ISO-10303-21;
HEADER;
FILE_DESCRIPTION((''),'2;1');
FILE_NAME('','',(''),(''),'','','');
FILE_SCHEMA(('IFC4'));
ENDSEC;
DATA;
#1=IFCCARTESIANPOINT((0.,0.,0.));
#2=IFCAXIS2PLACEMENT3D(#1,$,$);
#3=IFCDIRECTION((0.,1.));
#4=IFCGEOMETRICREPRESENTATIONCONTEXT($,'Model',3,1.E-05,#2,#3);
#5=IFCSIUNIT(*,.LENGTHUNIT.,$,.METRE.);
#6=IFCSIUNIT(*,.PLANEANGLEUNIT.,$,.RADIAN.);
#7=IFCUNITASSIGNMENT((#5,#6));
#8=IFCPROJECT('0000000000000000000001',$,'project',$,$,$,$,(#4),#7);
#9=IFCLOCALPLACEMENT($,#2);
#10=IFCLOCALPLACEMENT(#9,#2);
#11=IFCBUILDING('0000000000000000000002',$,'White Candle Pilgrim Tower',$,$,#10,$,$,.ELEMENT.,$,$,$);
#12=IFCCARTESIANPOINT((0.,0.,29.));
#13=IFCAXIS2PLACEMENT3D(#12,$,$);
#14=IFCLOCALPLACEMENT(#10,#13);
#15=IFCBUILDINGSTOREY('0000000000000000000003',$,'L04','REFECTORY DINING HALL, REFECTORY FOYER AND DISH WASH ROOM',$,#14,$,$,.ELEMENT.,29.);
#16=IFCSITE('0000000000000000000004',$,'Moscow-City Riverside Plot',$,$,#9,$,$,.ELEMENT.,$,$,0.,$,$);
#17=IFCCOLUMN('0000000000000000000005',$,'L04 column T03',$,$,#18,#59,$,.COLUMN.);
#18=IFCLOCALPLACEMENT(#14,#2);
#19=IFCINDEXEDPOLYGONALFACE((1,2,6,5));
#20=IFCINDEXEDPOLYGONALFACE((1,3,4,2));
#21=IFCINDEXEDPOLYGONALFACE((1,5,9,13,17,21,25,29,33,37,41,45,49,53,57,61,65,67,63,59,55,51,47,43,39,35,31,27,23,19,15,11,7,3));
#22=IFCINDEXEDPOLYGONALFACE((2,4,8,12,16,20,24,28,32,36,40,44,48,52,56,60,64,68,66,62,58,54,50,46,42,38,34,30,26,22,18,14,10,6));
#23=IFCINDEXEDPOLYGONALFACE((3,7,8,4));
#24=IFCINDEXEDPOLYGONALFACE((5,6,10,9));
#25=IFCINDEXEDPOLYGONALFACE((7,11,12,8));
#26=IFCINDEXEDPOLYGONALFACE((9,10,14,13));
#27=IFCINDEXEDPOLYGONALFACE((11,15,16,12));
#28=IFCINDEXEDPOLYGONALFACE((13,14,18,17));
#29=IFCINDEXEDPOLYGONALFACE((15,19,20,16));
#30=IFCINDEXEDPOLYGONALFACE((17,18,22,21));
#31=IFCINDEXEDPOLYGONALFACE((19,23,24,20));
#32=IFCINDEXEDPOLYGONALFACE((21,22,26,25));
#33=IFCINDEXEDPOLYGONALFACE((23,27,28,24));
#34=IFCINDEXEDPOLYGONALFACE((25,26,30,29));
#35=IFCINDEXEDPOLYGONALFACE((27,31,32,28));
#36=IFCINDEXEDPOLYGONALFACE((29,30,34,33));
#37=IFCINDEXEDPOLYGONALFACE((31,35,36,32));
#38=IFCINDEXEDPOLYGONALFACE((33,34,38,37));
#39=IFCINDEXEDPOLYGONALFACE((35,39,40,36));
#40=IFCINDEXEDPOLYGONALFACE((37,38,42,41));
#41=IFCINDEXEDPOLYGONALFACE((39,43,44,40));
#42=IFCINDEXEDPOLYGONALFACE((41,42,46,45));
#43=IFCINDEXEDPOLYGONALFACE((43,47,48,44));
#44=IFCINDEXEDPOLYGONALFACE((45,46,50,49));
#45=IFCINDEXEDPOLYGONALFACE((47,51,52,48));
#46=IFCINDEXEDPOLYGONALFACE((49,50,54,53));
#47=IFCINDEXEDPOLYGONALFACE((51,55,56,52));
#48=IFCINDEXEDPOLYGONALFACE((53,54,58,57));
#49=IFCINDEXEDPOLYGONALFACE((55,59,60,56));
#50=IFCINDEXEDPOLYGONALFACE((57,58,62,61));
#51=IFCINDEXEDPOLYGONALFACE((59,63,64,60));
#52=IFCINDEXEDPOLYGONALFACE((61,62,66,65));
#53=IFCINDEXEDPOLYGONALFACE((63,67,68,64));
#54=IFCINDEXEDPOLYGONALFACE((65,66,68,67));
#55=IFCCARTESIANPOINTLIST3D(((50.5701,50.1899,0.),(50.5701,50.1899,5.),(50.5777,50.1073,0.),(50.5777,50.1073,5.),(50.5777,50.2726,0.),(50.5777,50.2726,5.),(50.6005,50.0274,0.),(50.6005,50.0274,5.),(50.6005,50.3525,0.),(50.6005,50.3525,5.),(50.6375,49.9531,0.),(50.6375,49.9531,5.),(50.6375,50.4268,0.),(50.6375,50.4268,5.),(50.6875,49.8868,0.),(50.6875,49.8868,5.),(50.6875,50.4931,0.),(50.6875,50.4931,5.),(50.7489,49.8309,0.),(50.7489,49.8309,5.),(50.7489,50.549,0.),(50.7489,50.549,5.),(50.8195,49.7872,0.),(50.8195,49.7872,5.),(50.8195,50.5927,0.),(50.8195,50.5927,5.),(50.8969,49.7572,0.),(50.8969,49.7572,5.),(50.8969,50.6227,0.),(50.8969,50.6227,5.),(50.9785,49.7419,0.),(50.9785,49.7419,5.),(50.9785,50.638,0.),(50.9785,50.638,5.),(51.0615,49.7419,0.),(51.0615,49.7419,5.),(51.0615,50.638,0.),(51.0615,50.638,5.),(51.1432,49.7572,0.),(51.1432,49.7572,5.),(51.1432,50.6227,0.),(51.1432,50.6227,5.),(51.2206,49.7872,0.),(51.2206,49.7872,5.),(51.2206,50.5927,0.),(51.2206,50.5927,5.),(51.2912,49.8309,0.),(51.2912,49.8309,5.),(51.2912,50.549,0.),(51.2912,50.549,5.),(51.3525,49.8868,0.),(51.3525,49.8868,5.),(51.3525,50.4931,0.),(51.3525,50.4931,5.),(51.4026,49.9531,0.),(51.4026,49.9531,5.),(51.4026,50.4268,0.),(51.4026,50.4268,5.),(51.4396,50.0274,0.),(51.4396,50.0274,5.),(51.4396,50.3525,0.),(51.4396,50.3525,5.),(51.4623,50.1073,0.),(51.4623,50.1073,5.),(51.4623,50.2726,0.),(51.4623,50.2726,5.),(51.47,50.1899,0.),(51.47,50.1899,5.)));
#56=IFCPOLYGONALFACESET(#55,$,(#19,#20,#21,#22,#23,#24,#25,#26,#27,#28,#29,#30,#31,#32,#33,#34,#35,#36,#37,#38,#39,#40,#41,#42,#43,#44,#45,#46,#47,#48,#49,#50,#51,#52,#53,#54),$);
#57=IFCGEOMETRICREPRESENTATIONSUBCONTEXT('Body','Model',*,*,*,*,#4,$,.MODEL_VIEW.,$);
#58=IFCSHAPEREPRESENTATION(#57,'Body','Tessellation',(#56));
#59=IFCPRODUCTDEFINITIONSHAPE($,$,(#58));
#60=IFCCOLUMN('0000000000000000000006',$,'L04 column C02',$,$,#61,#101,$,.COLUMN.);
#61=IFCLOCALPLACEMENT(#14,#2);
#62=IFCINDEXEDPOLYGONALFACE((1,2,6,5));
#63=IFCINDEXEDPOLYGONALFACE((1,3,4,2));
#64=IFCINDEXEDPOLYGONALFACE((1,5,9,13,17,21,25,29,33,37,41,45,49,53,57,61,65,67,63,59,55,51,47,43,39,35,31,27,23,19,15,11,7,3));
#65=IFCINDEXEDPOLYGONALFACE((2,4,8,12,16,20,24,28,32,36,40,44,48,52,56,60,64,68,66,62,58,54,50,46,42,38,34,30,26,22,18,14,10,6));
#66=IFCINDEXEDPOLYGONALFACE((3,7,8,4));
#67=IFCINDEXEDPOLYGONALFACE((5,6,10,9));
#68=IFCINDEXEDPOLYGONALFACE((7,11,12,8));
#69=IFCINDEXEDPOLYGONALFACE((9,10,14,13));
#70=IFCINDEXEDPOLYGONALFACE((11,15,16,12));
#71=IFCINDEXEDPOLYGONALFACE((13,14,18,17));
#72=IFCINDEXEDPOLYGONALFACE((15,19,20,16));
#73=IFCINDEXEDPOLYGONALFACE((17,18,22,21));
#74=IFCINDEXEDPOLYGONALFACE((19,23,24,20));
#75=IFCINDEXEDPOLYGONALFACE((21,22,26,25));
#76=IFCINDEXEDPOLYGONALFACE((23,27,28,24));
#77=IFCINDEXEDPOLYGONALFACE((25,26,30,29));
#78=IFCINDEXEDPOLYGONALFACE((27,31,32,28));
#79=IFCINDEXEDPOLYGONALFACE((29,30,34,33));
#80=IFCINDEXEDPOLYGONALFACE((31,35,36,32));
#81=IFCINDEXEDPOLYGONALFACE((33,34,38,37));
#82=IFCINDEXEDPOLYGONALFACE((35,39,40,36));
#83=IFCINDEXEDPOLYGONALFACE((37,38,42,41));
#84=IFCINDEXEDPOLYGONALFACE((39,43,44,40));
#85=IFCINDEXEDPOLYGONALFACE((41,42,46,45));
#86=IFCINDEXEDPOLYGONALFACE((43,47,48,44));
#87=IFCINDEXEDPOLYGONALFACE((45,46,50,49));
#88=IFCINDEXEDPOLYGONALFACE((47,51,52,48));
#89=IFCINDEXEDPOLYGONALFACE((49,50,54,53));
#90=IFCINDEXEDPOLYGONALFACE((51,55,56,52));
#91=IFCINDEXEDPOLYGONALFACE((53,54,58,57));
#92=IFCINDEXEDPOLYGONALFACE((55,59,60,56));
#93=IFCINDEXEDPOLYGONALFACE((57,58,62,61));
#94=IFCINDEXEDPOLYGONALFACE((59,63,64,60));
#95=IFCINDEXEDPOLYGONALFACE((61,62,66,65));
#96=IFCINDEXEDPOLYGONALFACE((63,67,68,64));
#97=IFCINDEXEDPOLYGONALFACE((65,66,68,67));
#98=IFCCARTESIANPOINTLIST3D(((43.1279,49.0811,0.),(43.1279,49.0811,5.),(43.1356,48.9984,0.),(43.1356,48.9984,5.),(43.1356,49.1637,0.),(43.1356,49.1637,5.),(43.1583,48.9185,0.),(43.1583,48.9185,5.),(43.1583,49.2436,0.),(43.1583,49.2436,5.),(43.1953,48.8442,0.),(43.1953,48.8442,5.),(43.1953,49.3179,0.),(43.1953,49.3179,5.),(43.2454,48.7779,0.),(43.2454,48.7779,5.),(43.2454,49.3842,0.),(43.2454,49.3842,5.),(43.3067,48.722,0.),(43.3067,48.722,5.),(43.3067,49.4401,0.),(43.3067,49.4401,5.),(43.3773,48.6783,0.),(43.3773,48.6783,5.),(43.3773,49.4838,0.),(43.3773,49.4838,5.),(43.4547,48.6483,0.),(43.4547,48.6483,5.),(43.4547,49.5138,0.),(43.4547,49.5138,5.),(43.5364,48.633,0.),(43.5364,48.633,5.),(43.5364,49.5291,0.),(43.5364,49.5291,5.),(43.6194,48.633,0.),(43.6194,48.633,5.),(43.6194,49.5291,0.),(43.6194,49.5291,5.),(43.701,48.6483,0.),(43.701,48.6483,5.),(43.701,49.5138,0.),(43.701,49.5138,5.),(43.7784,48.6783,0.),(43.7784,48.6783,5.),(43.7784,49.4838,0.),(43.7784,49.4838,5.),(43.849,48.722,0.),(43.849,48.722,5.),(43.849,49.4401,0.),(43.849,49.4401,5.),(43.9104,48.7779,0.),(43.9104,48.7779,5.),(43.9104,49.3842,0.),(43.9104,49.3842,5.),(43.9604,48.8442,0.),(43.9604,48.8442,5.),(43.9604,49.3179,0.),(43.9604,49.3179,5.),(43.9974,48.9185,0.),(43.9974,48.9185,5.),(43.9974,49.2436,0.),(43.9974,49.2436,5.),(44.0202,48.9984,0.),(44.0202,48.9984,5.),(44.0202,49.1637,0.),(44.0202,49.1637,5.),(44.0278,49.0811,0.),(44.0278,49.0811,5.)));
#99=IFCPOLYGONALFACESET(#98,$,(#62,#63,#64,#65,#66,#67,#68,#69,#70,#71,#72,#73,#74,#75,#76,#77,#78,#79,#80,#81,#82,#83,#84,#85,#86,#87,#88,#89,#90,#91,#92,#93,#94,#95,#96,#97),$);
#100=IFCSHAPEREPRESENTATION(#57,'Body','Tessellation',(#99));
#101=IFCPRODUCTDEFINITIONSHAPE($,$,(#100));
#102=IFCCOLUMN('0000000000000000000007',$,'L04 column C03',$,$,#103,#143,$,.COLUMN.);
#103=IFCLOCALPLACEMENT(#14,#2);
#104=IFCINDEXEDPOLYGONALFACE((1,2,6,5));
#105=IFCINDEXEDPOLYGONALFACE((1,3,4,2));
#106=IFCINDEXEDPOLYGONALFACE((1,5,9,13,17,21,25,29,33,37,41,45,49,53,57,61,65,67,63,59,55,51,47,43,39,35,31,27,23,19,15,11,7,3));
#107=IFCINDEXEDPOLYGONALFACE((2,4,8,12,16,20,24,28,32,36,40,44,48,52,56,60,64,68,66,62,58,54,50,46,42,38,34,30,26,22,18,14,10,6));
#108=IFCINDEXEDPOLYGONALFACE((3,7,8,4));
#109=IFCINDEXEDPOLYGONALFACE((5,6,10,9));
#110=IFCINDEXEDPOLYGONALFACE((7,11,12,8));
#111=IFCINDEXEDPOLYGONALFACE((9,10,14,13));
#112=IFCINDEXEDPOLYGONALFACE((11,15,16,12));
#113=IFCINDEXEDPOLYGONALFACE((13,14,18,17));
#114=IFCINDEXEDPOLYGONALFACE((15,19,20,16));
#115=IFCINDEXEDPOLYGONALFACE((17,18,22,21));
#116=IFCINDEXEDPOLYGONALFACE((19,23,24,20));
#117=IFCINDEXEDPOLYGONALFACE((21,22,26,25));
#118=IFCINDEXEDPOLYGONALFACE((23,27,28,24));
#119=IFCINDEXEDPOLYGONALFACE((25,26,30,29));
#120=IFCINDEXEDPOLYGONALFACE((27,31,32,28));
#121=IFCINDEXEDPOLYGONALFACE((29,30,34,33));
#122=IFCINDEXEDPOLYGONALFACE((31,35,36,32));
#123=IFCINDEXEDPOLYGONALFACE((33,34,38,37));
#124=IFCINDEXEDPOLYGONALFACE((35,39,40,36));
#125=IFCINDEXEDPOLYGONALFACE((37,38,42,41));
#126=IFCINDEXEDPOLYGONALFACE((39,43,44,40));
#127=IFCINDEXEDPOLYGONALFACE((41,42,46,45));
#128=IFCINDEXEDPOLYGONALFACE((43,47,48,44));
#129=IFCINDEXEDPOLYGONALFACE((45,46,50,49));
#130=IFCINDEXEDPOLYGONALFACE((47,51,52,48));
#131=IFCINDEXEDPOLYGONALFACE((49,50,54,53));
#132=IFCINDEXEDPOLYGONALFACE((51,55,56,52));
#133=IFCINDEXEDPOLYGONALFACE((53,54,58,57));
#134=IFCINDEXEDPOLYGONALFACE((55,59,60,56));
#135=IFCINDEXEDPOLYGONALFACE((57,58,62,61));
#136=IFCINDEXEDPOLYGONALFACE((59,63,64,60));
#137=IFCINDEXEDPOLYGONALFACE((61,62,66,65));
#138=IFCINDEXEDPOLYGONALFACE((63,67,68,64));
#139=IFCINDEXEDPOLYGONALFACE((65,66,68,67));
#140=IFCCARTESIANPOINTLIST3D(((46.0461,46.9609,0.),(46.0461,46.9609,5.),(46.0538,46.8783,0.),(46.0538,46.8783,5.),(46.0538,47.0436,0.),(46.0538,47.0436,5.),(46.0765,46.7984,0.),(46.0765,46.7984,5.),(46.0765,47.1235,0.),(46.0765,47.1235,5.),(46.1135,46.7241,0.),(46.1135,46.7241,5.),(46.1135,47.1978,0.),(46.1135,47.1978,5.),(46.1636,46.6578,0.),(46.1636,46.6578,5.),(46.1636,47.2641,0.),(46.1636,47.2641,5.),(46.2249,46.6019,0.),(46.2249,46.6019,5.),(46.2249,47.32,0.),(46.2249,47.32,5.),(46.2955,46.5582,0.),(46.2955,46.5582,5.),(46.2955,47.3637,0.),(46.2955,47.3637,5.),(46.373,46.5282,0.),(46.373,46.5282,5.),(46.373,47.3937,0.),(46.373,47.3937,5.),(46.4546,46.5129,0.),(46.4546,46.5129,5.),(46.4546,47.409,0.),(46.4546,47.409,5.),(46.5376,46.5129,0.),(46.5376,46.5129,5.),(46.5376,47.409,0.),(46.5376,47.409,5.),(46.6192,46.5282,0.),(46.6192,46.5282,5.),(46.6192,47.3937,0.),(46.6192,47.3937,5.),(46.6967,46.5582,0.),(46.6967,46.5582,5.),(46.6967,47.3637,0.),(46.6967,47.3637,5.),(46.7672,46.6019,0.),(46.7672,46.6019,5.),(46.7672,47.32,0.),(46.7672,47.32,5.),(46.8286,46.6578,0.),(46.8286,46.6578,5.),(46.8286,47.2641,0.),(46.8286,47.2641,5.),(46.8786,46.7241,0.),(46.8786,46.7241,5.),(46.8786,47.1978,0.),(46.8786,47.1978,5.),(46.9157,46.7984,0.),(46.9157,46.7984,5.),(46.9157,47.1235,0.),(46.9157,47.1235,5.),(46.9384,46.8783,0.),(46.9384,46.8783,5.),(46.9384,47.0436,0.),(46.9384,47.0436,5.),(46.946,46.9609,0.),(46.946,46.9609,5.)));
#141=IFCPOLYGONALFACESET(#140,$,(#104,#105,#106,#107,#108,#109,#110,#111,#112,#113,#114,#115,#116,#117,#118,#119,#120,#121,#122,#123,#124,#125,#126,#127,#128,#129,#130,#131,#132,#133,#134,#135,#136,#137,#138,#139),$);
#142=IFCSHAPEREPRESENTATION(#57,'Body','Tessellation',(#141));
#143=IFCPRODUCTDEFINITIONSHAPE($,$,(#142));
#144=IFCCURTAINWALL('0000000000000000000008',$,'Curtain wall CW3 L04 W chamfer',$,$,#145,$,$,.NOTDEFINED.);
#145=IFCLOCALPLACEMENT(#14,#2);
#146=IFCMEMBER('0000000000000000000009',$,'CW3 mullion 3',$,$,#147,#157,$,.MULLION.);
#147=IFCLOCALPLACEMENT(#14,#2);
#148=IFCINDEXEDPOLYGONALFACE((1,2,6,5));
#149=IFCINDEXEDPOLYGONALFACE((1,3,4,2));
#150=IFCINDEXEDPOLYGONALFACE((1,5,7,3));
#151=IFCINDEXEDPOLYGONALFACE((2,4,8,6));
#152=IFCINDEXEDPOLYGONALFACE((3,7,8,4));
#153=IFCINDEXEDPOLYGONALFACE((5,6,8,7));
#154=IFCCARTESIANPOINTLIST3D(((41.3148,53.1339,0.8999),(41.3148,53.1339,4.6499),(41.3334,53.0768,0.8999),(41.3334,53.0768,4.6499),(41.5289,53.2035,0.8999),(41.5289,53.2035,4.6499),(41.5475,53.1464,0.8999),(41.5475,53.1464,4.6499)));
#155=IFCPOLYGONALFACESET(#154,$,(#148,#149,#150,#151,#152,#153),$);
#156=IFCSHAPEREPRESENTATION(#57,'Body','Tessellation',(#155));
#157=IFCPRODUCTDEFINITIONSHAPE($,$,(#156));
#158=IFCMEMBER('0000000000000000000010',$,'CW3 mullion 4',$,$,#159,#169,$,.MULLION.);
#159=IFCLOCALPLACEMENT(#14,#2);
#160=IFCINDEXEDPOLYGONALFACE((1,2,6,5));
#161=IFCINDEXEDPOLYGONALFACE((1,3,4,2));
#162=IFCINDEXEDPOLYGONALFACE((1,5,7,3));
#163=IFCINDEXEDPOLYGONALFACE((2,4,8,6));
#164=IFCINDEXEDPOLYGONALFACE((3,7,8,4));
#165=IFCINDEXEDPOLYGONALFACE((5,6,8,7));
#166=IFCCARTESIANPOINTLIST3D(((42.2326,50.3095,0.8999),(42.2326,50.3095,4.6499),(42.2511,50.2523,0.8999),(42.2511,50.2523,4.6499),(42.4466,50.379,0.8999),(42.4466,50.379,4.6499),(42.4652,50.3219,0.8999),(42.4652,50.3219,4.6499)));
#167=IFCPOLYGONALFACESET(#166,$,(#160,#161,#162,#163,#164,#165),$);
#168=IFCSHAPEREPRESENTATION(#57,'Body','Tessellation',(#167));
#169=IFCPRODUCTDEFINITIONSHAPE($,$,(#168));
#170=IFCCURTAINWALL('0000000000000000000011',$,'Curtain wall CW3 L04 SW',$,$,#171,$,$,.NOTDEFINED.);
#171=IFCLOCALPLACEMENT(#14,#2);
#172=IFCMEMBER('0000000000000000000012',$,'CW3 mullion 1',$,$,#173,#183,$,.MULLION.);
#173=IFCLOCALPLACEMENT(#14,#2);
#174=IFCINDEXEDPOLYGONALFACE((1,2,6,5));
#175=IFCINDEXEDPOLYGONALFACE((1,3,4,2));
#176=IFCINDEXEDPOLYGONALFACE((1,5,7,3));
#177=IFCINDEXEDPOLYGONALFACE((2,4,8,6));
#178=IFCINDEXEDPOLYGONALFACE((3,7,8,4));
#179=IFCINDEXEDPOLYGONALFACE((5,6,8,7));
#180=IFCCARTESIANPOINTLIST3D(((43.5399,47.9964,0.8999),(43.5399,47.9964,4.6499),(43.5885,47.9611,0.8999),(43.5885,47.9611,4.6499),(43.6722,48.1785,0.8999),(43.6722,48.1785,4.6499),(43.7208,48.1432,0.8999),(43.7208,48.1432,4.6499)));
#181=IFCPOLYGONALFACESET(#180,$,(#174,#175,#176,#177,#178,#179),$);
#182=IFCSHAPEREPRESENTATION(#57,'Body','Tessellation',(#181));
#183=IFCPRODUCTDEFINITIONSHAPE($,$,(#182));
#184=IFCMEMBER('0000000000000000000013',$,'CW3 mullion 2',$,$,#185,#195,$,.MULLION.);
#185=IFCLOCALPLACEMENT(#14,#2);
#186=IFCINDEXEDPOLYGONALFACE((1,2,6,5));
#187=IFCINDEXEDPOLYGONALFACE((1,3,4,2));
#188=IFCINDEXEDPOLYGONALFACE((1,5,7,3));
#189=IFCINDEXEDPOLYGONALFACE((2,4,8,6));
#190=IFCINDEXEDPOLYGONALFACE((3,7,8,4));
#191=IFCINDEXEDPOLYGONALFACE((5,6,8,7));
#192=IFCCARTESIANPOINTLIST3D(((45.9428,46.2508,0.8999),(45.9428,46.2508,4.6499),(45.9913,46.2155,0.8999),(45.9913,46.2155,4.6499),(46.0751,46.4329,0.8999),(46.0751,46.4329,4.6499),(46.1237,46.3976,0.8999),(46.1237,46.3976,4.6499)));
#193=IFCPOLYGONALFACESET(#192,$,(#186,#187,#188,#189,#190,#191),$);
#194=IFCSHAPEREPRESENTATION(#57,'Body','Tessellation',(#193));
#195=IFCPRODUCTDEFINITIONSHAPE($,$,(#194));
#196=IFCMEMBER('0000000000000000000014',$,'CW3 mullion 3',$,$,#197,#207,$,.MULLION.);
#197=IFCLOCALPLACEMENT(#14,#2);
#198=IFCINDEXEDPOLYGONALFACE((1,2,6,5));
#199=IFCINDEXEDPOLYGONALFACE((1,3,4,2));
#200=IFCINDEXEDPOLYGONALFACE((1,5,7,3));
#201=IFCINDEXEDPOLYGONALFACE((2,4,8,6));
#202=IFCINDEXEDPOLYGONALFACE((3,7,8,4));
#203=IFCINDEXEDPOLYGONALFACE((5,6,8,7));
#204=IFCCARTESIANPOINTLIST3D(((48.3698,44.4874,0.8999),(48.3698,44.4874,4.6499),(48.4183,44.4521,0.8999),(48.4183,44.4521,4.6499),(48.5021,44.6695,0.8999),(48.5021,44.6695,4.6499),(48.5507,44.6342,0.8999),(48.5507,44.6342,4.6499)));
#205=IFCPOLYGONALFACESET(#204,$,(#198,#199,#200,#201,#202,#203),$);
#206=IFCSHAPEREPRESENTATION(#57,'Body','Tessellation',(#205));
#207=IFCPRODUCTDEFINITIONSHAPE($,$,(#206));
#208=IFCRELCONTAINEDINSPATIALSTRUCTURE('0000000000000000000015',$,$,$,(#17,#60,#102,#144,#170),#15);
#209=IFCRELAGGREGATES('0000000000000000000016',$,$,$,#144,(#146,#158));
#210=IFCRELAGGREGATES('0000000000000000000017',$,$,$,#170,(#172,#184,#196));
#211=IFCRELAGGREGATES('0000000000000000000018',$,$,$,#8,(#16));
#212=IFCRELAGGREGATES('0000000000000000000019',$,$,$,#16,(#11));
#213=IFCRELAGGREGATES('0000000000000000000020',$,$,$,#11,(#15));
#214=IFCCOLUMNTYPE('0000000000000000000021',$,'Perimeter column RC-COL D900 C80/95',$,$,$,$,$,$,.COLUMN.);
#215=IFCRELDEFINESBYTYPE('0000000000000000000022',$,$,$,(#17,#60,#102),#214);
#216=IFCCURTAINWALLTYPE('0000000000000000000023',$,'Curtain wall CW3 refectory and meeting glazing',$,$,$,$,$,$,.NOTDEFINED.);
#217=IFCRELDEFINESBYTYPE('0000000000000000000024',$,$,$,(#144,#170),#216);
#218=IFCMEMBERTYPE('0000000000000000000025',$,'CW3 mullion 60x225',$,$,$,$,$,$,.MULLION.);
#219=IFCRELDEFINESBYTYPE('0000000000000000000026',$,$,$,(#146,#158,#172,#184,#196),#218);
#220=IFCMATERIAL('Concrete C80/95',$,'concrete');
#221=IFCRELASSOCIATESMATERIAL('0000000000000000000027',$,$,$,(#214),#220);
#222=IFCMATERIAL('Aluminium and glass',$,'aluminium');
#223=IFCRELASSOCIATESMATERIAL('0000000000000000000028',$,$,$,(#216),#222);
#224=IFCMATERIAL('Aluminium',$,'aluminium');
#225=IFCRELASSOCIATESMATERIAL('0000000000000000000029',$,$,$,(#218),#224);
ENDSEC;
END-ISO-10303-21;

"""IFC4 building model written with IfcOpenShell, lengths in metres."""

from ifc_helpers import new_model, si_unit, direction, frame, origin, origin_2d, place, context, subcontext, project, spatial, rectangle, circle, extrude, material, material_profile, profile_set, type_object, element, aggregate, save


model = new_model("IFC4")

# Units and contexts
model_context = context("Model", 3, precision=1e-05, world=origin(), true_north=direction((0.0, 1.0)))
body_context = subcontext(model_context, "Body", "Model", "MODEL_VIEW")
ifc_project = project(units=[si_unit("LENGTHUNIT", "METRE"), si_unit("PLANEANGLEUNIT", "RADIAN")], contexts=[model_context])

# Site, building, storey
site_placement = place(None, origin())
site = spatial("IfcSite", under=ifc_project, at=site_placement, Name="Moscow-City Riverside Plot", CompositionType="ELEMENT", RefElevation=0.0)
building_placement = place(site_placement, origin())
building = spatial("IfcBuilding", under=site, at=building_placement, Name="White Candle Pilgrim Tower", CompositionType="ELEMENT")
storey_placement = place(building_placement, frame((0.0, 0.0, 29.0)))
storey = spatial("IfcBuildingStorey", under=building, at=storey_placement, Name="L04", Description="REFECTORY DINING HALL, REFECTORY FOYER AND DISH WASH ROOM", CompositionType="ELEMENT", Elevation=29.0)

# Columns
ifc_material_1 = material(Name="Concrete C80/95", Category="concrete")
ifc_material_profile_1 = material_profile(ifc_material_1, circle(Radius=0.45, at=origin_2d()), Name="RC-COL D900")
ifc_profile_set_1 = profile_set([ifc_material_profile_1], Name="Concrete C80/95")
column_type = type_object("IfcColumnType", Name="Perimeter column RC-COL D900 C80/95", PredefinedType="COLUMN", material=ifc_profile_set_1)
for number, where, z_axis, x_axis, name in (
    (1, (51.02, 50.1899, 0.0), (0.0, 0.0, 1.0), (1.0, 0.0, 0.0), "L04 column T03"),
    (2, (43.5779, 49.0811, 0.0), (0.0, 0.0, 1.0), (1.0, 0.0, 0.0), "L04 column C02"),
    (3, (46.4961, 46.9609, 0.0), (0.0, 0.0, 1.0), (1.0, 0.0, 0.0), "L04 column C03"),
):
    element("IfcColumn", number, at=place(storey_placement, frame(where, z_axis=z_axis, x_axis=x_axis)), inside=storey, type_object=column_type, Name=name, PredefinedType="COLUMN", context=body_context, shape_type="SweptSolid", body=[
        extrude(circle(Radius=0.45, at=origin_2d()), origin(), (0.0, 0.0, 1.0), 5.0),
    ])

# Curtain walls, members
ifc_material_2 = material(Name="Aluminium and glass", Category="aluminium")
curtain_wall_type = type_object("IfcCurtainWallType", Name="Curtain wall CW3 refectory and meeting glazing", PredefinedType="NOTDEFINED", material=ifc_material_2)
curtain_wall_1_placement = place(storey_placement, origin())
curtain_wall_1 = element("IfcCurtainWall", 4, at=curtain_wall_1_placement, inside=storey, type_object=curtain_wall_type, Name="Curtain wall CW3 L04 W chamfer", PredefinedType="NOTDEFINED")
ifc_material_3 = material(Name="Aluminium", Category="aluminium")
ifc_material_profile_2 = material_profile(ifc_material_3, rectangle(XDim=0.2251, YDim=0.0601, at=origin_2d()), Name="CW3 mullion 60x225")
ifc_profile_set_2 = profile_set([ifc_material_profile_2], Name="Aluminium")
member_type_1 = type_object("IfcMemberType", Name="CW3 mullion 60x225", PredefinedType="MULLION", material=ifc_profile_set_2)
member_1_placement = place(storey_placement, frame((41.4312, 53.1401, 0.8999), z_axis=(0.0, 0.0, 1.0), x_axis=(0.951057, 0.309017, 0.0)))
member_1 = element("IfcMember", 5, at=member_1_placement, type_object=member_type_1, Name="CW3 mullion 3", PredefinedType="MULLION", context=body_context, shape_type="SweptSolid", body=[
    extrude(rectangle(XDim=0.2251, YDim=0.0601, at=origin_2d()), origin(), (0.0, 0.0, 1.0), 3.75),
])
member_2_placement = place(storey_placement, frame((42.3489, 50.3157, 0.8999), z_axis=(0.0, 0.0, 1.0), x_axis=(0.951057, 0.309017, 0.0)))
member_2 = element("IfcMember", 6, at=member_2_placement, type_object=member_type_1, Name="CW3 mullion 4", PredefinedType="MULLION", context=body_context, shape_type="SweptSolid", body=[
    extrude(rectangle(XDim=0.2251, YDim=0.0601, at=origin_2d()), origin(), (0.0, 0.0, 1.0), 3.75),
])
curtain_wall_2_placement = place(storey_placement, origin())
curtain_wall_2 = element("IfcCurtainWall", 7, at=curtain_wall_2_placement, inside=storey, type_object=curtain_wall_type, Name="Curtain wall CW3 L04 SW", PredefinedType="NOTDEFINED")
member_3_placement = place(storey_placement, frame((43.6304, 48.0698, 0.8999), z_axis=(0.0, 0.0, 1.0), x_axis=(0.587785, 0.809017, 0.0)))
member_3 = element("IfcMember", 8, at=member_3_placement, type_object=member_type_1, Name="CW3 mullion 1", PredefinedType="MULLION", context=body_context, shape_type="SweptSolid", body=[
    extrude(rectangle(XDim=0.2251, YDim=0.0601, at=origin_2d()), origin(), (0.0, 0.0, 1.0), 3.75),
])
member_4_placement = place(storey_placement, frame((46.0332, 46.3242, 0.8999), z_axis=(0.0, 0.0, 1.0), x_axis=(0.587785, 0.809017, 0.0)))
member_4 = element("IfcMember", 9, at=member_4_placement, type_object=member_type_1, Name="CW3 mullion 2", PredefinedType="MULLION", context=body_context, shape_type="SweptSolid", body=[
    extrude(rectangle(XDim=0.2251, YDim=0.0601, at=origin_2d()), origin(), (0.0, 0.0, 1.0), 3.75),
])
member_5_placement = place(storey_placement, frame((48.4602, 44.5608, 0.8999), z_axis=(0.0, 0.0, 1.0), x_axis=(0.587785, 0.809017, 0.0)))
member_5 = element("IfcMember", 10, at=member_5_placement, type_object=member_type_1, Name="CW3 mullion 3", PredefinedType="MULLION", context=body_context, shape_type="SweptSolid", body=[
    extrude(rectangle(XDim=0.2251, YDim=0.0601, at=origin_2d()), origin(), (0.0, 0.0, 1.0), 3.75),
])

aggregate(curtain_wall_1, [member_1, member_2])
aggregate(curtain_wall_2, [member_3, member_4, member_5])

save(model, "model.ifc")
